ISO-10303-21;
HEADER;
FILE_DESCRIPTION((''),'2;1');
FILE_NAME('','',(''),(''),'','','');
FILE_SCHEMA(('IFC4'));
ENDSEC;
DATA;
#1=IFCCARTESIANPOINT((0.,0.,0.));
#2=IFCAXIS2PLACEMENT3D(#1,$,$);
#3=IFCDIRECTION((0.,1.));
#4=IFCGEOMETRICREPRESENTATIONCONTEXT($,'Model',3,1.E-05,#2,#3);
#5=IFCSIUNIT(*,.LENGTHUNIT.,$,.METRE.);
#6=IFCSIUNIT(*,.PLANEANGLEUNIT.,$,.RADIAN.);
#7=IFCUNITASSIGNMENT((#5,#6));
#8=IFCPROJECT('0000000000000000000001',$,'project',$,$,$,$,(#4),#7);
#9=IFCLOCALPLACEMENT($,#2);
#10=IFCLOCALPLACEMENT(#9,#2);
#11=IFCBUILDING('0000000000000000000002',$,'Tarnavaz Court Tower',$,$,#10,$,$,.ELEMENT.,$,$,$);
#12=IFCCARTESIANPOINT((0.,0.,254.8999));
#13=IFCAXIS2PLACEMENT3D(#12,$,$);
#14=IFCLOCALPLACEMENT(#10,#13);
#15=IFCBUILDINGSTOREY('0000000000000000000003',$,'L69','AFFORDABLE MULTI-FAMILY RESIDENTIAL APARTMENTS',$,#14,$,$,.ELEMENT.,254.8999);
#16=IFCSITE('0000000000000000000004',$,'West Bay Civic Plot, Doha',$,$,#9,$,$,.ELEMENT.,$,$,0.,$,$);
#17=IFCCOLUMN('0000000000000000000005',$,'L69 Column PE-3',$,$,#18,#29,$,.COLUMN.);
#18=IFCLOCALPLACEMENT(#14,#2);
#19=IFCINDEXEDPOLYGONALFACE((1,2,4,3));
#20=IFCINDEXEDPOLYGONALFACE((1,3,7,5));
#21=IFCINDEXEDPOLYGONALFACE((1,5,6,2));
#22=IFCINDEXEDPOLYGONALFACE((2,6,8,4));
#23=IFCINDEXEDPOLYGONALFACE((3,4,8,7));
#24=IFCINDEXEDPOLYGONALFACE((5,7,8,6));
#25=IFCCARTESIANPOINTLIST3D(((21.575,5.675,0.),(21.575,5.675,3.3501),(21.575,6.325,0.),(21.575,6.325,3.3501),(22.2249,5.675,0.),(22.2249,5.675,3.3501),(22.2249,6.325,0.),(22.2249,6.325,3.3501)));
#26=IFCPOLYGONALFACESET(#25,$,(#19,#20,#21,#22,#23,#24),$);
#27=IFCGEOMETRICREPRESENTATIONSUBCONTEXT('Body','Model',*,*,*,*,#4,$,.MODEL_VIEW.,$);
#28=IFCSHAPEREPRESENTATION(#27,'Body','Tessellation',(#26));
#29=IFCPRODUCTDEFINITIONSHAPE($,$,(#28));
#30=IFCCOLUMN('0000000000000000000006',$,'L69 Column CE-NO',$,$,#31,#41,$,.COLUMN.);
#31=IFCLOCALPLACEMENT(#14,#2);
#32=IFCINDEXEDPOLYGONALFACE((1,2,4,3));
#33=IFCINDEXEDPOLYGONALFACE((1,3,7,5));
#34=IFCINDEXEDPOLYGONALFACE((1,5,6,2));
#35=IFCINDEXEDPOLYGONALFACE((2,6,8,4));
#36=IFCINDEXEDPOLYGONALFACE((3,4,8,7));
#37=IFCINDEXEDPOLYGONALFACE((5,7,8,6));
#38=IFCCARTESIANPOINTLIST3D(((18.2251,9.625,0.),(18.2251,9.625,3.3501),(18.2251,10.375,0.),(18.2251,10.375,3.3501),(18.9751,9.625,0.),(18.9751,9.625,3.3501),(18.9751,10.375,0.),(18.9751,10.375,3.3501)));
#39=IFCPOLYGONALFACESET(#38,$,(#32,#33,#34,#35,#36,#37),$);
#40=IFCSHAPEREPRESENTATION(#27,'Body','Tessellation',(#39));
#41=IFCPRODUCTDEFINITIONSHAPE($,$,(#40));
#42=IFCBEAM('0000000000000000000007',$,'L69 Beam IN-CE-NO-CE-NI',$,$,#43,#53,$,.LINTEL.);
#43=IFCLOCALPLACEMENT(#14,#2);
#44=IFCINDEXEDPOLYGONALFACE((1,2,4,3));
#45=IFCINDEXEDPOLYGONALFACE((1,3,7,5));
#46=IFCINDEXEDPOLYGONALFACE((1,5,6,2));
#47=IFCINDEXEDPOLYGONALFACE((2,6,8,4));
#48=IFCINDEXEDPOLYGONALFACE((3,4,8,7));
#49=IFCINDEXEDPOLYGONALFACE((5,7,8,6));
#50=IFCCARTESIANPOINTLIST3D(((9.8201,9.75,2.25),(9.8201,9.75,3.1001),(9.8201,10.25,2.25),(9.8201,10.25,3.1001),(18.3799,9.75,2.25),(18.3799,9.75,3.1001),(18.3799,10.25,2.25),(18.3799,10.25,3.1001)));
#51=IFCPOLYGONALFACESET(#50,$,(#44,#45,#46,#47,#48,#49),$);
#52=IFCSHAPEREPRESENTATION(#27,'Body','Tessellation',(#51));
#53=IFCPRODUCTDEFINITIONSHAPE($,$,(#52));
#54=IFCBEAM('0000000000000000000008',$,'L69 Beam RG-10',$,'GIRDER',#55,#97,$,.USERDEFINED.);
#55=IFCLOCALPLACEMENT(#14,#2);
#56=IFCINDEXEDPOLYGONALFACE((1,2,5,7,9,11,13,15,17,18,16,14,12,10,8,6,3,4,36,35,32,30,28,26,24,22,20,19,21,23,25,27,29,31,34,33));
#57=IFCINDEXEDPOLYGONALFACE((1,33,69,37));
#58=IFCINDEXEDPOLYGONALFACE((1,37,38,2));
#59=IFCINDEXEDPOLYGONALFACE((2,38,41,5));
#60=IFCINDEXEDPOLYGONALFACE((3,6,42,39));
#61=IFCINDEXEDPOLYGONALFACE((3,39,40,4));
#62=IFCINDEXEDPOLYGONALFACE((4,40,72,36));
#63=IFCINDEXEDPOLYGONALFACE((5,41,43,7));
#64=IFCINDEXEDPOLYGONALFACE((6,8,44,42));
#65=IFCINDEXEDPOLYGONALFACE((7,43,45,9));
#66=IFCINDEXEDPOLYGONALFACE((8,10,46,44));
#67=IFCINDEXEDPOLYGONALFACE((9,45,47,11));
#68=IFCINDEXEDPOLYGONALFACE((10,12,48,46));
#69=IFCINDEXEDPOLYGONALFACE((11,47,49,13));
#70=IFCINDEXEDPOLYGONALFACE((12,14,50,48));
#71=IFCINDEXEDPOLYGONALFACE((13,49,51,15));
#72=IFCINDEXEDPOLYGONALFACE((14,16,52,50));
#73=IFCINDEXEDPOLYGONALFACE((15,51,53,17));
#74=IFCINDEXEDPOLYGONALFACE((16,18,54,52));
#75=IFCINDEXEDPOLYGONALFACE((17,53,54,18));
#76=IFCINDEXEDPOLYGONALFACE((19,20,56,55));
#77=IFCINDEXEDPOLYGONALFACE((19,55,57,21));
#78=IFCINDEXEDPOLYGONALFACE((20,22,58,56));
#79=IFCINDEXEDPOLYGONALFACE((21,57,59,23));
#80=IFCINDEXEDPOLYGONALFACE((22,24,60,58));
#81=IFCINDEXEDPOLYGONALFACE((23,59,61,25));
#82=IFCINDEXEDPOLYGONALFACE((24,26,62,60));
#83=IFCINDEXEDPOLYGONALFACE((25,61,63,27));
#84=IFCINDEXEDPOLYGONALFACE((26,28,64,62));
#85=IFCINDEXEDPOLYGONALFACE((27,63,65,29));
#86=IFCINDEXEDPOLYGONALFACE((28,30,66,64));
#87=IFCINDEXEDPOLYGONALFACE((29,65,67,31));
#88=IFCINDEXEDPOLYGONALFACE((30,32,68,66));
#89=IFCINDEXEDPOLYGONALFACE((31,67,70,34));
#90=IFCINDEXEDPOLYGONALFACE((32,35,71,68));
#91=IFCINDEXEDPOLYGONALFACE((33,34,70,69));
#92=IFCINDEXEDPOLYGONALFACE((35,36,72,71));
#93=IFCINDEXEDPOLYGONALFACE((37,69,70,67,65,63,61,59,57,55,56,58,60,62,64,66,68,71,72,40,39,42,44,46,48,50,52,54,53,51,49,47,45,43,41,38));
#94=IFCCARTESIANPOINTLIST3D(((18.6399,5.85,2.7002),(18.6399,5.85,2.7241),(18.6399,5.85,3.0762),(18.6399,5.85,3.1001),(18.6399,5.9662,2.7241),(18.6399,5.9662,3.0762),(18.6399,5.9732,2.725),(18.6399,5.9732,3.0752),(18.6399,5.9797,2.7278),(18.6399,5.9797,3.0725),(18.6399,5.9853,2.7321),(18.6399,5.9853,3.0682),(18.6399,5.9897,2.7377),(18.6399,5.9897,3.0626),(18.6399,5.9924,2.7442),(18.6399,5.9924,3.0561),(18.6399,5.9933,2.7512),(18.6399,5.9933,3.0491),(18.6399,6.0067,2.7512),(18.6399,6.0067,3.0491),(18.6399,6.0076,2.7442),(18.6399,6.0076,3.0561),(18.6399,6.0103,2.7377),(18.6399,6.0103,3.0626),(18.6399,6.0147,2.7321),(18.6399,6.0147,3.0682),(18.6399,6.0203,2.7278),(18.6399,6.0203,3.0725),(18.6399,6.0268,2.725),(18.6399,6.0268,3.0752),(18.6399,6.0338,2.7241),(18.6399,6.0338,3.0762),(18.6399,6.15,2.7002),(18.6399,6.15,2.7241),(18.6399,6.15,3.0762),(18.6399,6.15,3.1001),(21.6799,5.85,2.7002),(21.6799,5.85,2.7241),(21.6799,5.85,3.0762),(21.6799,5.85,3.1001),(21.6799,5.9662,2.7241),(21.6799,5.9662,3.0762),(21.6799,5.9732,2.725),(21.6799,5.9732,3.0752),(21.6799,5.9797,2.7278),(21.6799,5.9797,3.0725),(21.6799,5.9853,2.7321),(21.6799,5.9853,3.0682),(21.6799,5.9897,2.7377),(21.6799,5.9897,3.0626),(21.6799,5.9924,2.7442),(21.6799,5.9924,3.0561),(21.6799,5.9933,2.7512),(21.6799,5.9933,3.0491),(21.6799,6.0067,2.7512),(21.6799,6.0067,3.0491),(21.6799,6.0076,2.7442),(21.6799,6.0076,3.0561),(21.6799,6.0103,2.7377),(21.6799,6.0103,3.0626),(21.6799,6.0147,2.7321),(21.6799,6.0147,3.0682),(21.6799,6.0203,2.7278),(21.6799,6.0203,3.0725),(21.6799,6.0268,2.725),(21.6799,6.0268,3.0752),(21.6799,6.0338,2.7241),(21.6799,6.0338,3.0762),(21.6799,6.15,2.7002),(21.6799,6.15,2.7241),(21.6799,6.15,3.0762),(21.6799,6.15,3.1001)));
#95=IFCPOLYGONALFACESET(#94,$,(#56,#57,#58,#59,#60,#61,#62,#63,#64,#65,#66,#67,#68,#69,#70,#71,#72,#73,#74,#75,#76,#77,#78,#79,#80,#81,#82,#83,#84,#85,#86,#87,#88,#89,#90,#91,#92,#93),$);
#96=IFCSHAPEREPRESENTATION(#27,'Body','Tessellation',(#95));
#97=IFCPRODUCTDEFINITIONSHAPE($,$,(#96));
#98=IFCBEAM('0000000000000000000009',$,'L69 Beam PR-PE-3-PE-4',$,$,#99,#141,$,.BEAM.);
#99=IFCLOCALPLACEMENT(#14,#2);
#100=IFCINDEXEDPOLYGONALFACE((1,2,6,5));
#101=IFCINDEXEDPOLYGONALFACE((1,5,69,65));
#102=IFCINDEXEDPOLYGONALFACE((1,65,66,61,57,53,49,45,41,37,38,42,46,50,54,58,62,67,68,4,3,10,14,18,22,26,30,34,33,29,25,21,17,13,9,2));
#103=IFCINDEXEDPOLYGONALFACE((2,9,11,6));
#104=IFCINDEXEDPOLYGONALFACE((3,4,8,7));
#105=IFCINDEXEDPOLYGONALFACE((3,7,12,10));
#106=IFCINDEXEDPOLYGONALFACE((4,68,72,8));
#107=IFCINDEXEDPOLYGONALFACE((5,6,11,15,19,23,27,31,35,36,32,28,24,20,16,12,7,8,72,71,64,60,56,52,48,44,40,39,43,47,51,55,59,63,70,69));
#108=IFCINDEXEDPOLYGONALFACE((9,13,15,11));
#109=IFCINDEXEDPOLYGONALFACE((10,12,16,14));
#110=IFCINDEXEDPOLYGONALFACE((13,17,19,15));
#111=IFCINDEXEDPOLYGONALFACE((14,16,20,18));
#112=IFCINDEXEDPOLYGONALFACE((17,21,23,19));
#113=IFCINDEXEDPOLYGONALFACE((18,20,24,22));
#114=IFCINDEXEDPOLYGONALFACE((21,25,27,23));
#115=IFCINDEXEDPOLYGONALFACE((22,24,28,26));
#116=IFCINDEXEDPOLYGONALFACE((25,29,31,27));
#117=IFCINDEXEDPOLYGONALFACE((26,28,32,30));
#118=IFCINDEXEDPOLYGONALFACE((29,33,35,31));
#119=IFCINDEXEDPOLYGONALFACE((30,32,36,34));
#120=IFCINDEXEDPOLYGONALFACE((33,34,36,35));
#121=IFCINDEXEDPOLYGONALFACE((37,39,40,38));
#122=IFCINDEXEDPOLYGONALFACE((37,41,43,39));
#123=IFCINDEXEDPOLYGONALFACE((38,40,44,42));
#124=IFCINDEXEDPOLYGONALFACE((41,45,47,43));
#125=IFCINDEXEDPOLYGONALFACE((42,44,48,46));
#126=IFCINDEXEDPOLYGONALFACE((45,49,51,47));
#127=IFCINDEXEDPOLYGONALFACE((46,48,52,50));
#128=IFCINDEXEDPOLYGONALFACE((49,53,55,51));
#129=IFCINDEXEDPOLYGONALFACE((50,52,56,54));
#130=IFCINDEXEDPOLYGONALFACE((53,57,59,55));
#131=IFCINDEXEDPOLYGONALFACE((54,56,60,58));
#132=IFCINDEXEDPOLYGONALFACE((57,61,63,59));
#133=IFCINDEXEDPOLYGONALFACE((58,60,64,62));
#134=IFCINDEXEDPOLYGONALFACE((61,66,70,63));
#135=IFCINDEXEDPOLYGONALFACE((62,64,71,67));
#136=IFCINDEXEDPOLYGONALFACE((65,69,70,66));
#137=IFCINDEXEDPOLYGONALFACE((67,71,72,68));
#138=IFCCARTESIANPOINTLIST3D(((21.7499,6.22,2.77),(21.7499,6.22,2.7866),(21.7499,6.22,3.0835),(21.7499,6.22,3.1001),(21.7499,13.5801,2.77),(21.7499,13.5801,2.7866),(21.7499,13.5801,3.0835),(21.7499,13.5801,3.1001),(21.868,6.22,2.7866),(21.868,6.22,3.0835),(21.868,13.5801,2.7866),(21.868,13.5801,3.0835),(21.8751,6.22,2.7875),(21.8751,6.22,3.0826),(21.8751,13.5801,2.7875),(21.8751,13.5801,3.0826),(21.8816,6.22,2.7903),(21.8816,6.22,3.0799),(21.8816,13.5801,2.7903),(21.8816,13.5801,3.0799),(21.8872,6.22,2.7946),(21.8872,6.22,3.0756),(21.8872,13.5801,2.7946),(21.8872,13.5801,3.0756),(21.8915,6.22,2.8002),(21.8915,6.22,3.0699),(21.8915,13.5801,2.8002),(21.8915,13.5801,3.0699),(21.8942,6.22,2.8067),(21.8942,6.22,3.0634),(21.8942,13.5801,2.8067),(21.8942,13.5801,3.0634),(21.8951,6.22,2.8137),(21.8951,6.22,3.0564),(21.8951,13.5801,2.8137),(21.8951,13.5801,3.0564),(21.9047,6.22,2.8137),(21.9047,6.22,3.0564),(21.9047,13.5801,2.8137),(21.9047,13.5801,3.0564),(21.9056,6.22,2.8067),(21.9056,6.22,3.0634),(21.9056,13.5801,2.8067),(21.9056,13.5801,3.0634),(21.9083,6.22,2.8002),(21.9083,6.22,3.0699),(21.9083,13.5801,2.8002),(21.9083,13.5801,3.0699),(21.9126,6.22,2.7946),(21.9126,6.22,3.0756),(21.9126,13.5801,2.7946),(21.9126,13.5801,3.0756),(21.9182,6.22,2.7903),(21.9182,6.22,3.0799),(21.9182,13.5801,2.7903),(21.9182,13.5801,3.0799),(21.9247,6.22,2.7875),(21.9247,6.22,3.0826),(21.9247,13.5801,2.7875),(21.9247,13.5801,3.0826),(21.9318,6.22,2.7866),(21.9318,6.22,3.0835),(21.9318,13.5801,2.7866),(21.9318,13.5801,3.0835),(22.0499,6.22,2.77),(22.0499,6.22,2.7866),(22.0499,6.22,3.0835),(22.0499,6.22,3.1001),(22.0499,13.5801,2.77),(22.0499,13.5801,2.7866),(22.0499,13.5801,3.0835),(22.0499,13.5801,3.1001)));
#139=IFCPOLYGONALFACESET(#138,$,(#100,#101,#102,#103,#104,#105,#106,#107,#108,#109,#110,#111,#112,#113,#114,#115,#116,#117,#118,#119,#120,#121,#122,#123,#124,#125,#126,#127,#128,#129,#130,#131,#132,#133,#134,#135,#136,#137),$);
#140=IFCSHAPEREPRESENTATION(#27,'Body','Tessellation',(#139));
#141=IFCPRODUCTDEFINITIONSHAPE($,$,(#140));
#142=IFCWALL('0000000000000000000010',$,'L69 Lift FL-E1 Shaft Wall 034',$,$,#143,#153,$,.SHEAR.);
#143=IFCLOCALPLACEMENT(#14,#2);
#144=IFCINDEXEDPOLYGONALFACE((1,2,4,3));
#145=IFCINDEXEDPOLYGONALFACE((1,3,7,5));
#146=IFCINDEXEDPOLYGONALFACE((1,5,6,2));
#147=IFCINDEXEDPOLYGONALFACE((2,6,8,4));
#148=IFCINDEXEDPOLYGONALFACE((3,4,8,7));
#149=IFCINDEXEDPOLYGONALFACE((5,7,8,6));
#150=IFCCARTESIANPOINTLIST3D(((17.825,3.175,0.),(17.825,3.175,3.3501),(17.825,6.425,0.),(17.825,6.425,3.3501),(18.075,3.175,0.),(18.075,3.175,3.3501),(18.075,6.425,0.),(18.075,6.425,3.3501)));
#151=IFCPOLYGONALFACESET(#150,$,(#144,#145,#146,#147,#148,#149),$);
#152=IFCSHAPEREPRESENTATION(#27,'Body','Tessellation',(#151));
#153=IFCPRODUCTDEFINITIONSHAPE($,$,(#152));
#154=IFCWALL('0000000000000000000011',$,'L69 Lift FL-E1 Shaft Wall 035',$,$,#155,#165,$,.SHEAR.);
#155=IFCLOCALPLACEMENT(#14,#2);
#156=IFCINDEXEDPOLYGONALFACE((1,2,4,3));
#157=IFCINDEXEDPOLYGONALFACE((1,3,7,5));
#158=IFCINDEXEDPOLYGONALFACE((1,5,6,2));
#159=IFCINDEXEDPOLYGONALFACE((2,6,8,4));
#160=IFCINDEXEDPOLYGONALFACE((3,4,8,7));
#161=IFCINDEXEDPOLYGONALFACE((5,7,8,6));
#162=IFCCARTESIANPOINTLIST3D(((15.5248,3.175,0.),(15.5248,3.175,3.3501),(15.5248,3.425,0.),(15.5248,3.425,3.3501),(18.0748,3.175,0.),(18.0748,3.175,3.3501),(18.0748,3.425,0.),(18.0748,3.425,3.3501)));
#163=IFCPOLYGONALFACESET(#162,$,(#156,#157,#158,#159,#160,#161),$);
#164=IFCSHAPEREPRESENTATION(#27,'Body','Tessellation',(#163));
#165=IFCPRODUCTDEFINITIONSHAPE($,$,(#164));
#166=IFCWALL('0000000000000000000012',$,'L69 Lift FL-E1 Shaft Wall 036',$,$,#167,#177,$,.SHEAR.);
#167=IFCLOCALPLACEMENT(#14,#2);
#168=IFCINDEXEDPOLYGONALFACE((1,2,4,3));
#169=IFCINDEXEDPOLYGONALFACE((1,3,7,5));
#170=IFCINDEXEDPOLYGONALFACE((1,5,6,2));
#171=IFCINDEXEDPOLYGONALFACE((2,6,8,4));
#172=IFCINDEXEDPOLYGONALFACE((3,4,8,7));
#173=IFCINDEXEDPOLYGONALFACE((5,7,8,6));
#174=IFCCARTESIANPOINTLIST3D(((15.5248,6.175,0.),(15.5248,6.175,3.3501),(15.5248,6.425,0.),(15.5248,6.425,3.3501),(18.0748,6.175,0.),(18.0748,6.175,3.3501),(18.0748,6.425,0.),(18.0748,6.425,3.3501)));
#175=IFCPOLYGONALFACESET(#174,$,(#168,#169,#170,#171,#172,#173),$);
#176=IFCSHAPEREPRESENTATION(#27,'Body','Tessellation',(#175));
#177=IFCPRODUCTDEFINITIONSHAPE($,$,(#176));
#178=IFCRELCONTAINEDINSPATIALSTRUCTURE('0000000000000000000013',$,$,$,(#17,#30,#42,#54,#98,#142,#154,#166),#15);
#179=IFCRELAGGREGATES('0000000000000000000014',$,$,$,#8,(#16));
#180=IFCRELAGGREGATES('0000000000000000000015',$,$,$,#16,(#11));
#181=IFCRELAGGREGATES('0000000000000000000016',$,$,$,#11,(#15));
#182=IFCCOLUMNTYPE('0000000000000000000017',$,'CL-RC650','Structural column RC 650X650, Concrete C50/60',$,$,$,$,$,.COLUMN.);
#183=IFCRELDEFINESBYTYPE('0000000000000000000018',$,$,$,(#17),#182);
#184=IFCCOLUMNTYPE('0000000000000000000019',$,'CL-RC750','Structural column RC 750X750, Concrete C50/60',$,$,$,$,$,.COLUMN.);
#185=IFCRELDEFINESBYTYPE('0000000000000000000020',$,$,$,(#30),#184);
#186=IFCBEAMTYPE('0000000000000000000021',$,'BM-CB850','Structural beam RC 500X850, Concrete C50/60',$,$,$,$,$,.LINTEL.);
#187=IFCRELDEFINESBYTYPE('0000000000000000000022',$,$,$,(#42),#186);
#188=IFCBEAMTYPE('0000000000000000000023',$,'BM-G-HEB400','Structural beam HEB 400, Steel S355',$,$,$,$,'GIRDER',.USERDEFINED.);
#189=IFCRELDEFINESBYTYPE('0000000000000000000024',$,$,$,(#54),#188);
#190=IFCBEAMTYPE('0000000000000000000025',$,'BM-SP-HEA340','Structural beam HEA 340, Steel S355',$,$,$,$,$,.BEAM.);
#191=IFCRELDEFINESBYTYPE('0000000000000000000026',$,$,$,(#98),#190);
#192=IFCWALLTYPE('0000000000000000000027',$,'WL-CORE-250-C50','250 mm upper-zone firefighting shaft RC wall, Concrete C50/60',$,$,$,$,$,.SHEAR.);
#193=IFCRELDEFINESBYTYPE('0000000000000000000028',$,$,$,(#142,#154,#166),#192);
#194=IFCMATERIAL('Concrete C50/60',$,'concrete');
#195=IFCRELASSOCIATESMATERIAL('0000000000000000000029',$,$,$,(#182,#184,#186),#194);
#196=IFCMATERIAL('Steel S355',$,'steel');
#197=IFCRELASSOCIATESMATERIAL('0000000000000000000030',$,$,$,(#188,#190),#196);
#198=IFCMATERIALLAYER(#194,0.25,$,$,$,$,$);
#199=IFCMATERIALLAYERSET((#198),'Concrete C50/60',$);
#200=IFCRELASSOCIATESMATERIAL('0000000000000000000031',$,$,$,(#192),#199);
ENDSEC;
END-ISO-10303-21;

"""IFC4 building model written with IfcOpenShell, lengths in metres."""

from ifc_helpers import new_model, si_unit, direction, frame, frame_2d, origin, origin_2d, place, context, subcontext, project, spatial, rectangle, i_section, extrude, material, layer, layer_set, material_profile, profile_set, type_object, element, save


model = new_model("IFC4")

# Units and contexts
model_context = context("Model", 3, precision=1e-05, world=origin(), true_north=direction((0.0, 1.0)))
body_context = subcontext(model_context, "Body", "Model", "MODEL_VIEW")
ifc_project = project(units=[si_unit("LENGTHUNIT", "METRE"), si_unit("PLANEANGLEUNIT", "RADIAN")], contexts=[model_context])

# Site, building, storey
site_placement = place(None, origin())
site = spatial("IfcSite", under=ifc_project, at=site_placement, Name="West Bay Civic Plot, Doha", CompositionType="ELEMENT", RefElevation=0.0)
building_placement = place(site_placement, origin())
building = spatial("IfcBuilding", under=site, at=building_placement, Name="Tarnavaz Court Tower", CompositionType="ELEMENT")
storey_placement = place(building_placement, frame((0.0, 0.0, 254.8999)))
storey = spatial("IfcBuildingStorey", under=building, at=storey_placement, Name="L69", Description="AFFORDABLE MULTI-FAMILY RESIDENTIAL APARTMENTS", CompositionType="ELEMENT", Elevation=254.8999)

# Columns
ifc_material_1 = material(Name="Concrete C50/60", Category="concrete")
ifc_material_profile_1 = material_profile(ifc_material_1, rectangle(XDim=0.6499, YDim=0.6499, at=origin_2d()), Name="RC 650X650")
ifc_profile_set_1 = profile_set([ifc_material_profile_1], Name="Concrete C50/60")
column_type_1 = type_object("IfcColumnType", Name="CL-RC650", Description="Structural column RC 650X650, Concrete C50/60", PredefinedType="COLUMN", material=ifc_profile_set_1)
column_1_placement = place(storey_placement, frame((21.8999, 6.0, 0.0), z_axis=(0.0, 0.0, 1.0), x_axis=(1.0, 0.0, 0.0)))
element("IfcColumn", 1, at=column_1_placement, inside=storey, type_object=column_type_1, Name="L69 Column PE-3", PredefinedType="COLUMN", context=body_context, shape_type="SweptSolid", body=[
    extrude(rectangle(XDim=0.6499, YDim=0.6499, at=origin_2d()), origin(), (0.0, 0.0, 1.0), 3.3501),
])
ifc_material_profile_2 = material_profile(ifc_material_1, rectangle(XDim=0.75, YDim=0.75, at=origin_2d()), Name="RC 750X750")
ifc_profile_set_2 = profile_set([ifc_material_profile_2], Name="Concrete C50/60")
column_type_2 = type_object("IfcColumnType", Name="CL-RC750", Description="Structural column RC 750X750, Concrete C50/60", PredefinedType="COLUMN", material=ifc_profile_set_2)
column_2_placement = place(storey_placement, frame((18.6001, 10.0, 0.0), z_axis=(0.0, 0.0, 1.0), x_axis=(1.0, 0.0, 0.0)))
element("IfcColumn", 2, at=column_2_placement, inside=storey, type_object=column_type_2, Name="L69 Column CE-NO", PredefinedType="COLUMN", context=body_context, shape_type="SweptSolid", body=[
    extrude(rectangle(XDim=0.75, YDim=0.75, at=origin_2d()), origin(), (0.0, 0.0, 1.0), 3.3501),
])

# Beams
ifc_material_profile_3 = material_profile(ifc_material_1, rectangle(XDim=0.5, YDim=0.8501, at=origin_2d()), Name="RC 500X850")
ifc_profile_set_3 = profile_set([ifc_material_profile_3], Name="Concrete C50/60")
beam_type_1 = type_object("IfcBeamType", Name="BM-CB850", Description="Structural beam RC 500X850, Concrete C50/60", PredefinedType="LINTEL", material=ifc_profile_set_3)
beam_1_placement = place(storey_placement, frame((18.3799, 10.0, 2.675), z_axis=(-1.0, 0.0, 0.0), x_axis=(0.0, -1.0, 0.0)))
element("IfcBeam", 3, at=beam_1_placement, inside=storey, type_object=beam_type_1, Name="L69 Beam IN-CE-NO-CE-NI", PredefinedType="LINTEL", context=body_context, shape_type="SweptSolid", body=[
    extrude(rectangle(XDim=0.5, YDim=0.8501, at=origin_2d()), origin(), (0.0, 0.0, 1.0), 8.5598),
])
ifc_material_2 = material(Name="Steel S355", Category="steel")
ifc_material_profile_4 = material_profile(ifc_material_2, i_section(OverallWidth=0.3, OverallDepth=0.3999, WebThickness=0.0134, FlangeThickness=0.0239, FilletRadius=0.0271, at=origin_2d()), Name="HEB 400")
ifc_profile_set_4 = profile_set([ifc_material_profile_4], Name="Steel S355")
beam_type_2 = type_object("IfcBeamType", Name="BM-G-HEB400", Description="Structural beam HEB 400, Steel S355", ElementType="GIRDER", PredefinedType="USERDEFINED", material=ifc_profile_set_4)
beam_2_placement = place(storey_placement, frame((18.6399, 6.0, 2.9001), z_axis=(1.0, 0.0, 0.0), x_axis=(0.0, 1.0, 0.0)))
element("IfcBeam", 4, at=beam_2_placement, inside=storey, type_object=beam_type_2, Name="L69 Beam RG-10", ObjectType="GIRDER", PredefinedType="USERDEFINED", context=body_context, shape_type="SweptSolid", body=[
    extrude(i_section(OverallWidth=0.3, OverallDepth=0.3999, WebThickness=0.0134, FlangeThickness=0.0239, FilletRadius=0.0271, at=origin_2d()), origin(), (0.0, 0.0, 1.0), 3.04),
])
ifc_material_profile_5 = material_profile(ifc_material_2, i_section(OverallWidth=0.3, OverallDepth=0.3301, WebThickness=0.0095, FlangeThickness=0.0166, FilletRadius=0.0271, at=origin_2d()), Name="HEA 340")
ifc_profile_set_5 = profile_set([ifc_material_profile_5], Name="Steel S355")
beam_type_3 = type_object("IfcBeamType", Name="BM-SP-HEA340", Description="Structural beam HEA 340, Steel S355", PredefinedType="BEAM", material=ifc_profile_set_5)
beam_3_placement = place(storey_placement, frame((21.8999, 6.22, 2.9351), z_axis=(0.0, 1.0, 0.0), x_axis=(-1.0, 0.0, 0.0)))
element("IfcBeam", 5, at=beam_3_placement, inside=storey, type_object=beam_type_3, Name="L69 Beam PR-PE-3-PE-4", PredefinedType="BEAM", context=body_context, shape_type="SweptSolid", body=[
    extrude(i_section(OverallWidth=0.3, OverallDepth=0.3301, WebThickness=0.0095, FlangeThickness=0.0166, FilletRadius=0.0271, at=origin_2d()), origin(), (0.0, 0.0, 1.0), 7.3601),
])

# Shared definitions
ifc_layer_1 = layer(ifc_material_1, 0.25)
ifc_layer_set_1 = layer_set([ifc_layer_1], Name="Concrete C50/60")
wall_type_1 = type_object("IfcWallType", Name="WL-CORE-250-C50", Description="250 mm upper-zone firefighting shaft RC wall, Concrete C50/60", PredefinedType="SHEAR", material=ifc_layer_set_1)

# Walls
wall_1_placement = place(storey_placement, frame((17.95, 3.175, 0.0), z_axis=(0.0, 0.0, 1.0), x_axis=(0.0, 1.0, 0.0)))
element("IfcWall", 6, at=wall_1_placement, inside=storey, type_object=wall_type_1, Name="L69 Lift FL-E1 Shaft Wall 034", PredefinedType="SHEAR", context=body_context, shape_type="SweptSolid", body=[
    extrude(rectangle(XDim=3.25, YDim=0.25, at=frame_2d((1.625, 0.0))), origin(), (0.0, 0.0, 1.0), 3.3501),
])
for number, where, z_axis, x_axis, name in (
    (7, (15.5249, 3.3, 0.0), (0.0, 0.0, 1.0), (1.0, 0.0, 0.0), "L69 Lift FL-E1 Shaft Wall 035"),
    (8, (15.5249, 6.3, 0.0), (0.0, 0.0, 1.0), (1.0, 0.0, 0.0), "L69 Lift FL-E1 Shaft Wall 036"),
):
    element("IfcWall", number, at=place(storey_placement, frame(where, z_axis=z_axis, x_axis=x_axis)), inside=storey, type_object=wall_type_1, Name=name, PredefinedType="SHEAR", context=body_context, shape_type="SweptSolid", body=[
        extrude(rectangle(XDim=2.55, YDim=0.25, at=frame_2d((1.2749, 0.0))), origin(), (0.0, 0.0, 1.0), 3.3501),
    ])

save(model, "model.ifc")
